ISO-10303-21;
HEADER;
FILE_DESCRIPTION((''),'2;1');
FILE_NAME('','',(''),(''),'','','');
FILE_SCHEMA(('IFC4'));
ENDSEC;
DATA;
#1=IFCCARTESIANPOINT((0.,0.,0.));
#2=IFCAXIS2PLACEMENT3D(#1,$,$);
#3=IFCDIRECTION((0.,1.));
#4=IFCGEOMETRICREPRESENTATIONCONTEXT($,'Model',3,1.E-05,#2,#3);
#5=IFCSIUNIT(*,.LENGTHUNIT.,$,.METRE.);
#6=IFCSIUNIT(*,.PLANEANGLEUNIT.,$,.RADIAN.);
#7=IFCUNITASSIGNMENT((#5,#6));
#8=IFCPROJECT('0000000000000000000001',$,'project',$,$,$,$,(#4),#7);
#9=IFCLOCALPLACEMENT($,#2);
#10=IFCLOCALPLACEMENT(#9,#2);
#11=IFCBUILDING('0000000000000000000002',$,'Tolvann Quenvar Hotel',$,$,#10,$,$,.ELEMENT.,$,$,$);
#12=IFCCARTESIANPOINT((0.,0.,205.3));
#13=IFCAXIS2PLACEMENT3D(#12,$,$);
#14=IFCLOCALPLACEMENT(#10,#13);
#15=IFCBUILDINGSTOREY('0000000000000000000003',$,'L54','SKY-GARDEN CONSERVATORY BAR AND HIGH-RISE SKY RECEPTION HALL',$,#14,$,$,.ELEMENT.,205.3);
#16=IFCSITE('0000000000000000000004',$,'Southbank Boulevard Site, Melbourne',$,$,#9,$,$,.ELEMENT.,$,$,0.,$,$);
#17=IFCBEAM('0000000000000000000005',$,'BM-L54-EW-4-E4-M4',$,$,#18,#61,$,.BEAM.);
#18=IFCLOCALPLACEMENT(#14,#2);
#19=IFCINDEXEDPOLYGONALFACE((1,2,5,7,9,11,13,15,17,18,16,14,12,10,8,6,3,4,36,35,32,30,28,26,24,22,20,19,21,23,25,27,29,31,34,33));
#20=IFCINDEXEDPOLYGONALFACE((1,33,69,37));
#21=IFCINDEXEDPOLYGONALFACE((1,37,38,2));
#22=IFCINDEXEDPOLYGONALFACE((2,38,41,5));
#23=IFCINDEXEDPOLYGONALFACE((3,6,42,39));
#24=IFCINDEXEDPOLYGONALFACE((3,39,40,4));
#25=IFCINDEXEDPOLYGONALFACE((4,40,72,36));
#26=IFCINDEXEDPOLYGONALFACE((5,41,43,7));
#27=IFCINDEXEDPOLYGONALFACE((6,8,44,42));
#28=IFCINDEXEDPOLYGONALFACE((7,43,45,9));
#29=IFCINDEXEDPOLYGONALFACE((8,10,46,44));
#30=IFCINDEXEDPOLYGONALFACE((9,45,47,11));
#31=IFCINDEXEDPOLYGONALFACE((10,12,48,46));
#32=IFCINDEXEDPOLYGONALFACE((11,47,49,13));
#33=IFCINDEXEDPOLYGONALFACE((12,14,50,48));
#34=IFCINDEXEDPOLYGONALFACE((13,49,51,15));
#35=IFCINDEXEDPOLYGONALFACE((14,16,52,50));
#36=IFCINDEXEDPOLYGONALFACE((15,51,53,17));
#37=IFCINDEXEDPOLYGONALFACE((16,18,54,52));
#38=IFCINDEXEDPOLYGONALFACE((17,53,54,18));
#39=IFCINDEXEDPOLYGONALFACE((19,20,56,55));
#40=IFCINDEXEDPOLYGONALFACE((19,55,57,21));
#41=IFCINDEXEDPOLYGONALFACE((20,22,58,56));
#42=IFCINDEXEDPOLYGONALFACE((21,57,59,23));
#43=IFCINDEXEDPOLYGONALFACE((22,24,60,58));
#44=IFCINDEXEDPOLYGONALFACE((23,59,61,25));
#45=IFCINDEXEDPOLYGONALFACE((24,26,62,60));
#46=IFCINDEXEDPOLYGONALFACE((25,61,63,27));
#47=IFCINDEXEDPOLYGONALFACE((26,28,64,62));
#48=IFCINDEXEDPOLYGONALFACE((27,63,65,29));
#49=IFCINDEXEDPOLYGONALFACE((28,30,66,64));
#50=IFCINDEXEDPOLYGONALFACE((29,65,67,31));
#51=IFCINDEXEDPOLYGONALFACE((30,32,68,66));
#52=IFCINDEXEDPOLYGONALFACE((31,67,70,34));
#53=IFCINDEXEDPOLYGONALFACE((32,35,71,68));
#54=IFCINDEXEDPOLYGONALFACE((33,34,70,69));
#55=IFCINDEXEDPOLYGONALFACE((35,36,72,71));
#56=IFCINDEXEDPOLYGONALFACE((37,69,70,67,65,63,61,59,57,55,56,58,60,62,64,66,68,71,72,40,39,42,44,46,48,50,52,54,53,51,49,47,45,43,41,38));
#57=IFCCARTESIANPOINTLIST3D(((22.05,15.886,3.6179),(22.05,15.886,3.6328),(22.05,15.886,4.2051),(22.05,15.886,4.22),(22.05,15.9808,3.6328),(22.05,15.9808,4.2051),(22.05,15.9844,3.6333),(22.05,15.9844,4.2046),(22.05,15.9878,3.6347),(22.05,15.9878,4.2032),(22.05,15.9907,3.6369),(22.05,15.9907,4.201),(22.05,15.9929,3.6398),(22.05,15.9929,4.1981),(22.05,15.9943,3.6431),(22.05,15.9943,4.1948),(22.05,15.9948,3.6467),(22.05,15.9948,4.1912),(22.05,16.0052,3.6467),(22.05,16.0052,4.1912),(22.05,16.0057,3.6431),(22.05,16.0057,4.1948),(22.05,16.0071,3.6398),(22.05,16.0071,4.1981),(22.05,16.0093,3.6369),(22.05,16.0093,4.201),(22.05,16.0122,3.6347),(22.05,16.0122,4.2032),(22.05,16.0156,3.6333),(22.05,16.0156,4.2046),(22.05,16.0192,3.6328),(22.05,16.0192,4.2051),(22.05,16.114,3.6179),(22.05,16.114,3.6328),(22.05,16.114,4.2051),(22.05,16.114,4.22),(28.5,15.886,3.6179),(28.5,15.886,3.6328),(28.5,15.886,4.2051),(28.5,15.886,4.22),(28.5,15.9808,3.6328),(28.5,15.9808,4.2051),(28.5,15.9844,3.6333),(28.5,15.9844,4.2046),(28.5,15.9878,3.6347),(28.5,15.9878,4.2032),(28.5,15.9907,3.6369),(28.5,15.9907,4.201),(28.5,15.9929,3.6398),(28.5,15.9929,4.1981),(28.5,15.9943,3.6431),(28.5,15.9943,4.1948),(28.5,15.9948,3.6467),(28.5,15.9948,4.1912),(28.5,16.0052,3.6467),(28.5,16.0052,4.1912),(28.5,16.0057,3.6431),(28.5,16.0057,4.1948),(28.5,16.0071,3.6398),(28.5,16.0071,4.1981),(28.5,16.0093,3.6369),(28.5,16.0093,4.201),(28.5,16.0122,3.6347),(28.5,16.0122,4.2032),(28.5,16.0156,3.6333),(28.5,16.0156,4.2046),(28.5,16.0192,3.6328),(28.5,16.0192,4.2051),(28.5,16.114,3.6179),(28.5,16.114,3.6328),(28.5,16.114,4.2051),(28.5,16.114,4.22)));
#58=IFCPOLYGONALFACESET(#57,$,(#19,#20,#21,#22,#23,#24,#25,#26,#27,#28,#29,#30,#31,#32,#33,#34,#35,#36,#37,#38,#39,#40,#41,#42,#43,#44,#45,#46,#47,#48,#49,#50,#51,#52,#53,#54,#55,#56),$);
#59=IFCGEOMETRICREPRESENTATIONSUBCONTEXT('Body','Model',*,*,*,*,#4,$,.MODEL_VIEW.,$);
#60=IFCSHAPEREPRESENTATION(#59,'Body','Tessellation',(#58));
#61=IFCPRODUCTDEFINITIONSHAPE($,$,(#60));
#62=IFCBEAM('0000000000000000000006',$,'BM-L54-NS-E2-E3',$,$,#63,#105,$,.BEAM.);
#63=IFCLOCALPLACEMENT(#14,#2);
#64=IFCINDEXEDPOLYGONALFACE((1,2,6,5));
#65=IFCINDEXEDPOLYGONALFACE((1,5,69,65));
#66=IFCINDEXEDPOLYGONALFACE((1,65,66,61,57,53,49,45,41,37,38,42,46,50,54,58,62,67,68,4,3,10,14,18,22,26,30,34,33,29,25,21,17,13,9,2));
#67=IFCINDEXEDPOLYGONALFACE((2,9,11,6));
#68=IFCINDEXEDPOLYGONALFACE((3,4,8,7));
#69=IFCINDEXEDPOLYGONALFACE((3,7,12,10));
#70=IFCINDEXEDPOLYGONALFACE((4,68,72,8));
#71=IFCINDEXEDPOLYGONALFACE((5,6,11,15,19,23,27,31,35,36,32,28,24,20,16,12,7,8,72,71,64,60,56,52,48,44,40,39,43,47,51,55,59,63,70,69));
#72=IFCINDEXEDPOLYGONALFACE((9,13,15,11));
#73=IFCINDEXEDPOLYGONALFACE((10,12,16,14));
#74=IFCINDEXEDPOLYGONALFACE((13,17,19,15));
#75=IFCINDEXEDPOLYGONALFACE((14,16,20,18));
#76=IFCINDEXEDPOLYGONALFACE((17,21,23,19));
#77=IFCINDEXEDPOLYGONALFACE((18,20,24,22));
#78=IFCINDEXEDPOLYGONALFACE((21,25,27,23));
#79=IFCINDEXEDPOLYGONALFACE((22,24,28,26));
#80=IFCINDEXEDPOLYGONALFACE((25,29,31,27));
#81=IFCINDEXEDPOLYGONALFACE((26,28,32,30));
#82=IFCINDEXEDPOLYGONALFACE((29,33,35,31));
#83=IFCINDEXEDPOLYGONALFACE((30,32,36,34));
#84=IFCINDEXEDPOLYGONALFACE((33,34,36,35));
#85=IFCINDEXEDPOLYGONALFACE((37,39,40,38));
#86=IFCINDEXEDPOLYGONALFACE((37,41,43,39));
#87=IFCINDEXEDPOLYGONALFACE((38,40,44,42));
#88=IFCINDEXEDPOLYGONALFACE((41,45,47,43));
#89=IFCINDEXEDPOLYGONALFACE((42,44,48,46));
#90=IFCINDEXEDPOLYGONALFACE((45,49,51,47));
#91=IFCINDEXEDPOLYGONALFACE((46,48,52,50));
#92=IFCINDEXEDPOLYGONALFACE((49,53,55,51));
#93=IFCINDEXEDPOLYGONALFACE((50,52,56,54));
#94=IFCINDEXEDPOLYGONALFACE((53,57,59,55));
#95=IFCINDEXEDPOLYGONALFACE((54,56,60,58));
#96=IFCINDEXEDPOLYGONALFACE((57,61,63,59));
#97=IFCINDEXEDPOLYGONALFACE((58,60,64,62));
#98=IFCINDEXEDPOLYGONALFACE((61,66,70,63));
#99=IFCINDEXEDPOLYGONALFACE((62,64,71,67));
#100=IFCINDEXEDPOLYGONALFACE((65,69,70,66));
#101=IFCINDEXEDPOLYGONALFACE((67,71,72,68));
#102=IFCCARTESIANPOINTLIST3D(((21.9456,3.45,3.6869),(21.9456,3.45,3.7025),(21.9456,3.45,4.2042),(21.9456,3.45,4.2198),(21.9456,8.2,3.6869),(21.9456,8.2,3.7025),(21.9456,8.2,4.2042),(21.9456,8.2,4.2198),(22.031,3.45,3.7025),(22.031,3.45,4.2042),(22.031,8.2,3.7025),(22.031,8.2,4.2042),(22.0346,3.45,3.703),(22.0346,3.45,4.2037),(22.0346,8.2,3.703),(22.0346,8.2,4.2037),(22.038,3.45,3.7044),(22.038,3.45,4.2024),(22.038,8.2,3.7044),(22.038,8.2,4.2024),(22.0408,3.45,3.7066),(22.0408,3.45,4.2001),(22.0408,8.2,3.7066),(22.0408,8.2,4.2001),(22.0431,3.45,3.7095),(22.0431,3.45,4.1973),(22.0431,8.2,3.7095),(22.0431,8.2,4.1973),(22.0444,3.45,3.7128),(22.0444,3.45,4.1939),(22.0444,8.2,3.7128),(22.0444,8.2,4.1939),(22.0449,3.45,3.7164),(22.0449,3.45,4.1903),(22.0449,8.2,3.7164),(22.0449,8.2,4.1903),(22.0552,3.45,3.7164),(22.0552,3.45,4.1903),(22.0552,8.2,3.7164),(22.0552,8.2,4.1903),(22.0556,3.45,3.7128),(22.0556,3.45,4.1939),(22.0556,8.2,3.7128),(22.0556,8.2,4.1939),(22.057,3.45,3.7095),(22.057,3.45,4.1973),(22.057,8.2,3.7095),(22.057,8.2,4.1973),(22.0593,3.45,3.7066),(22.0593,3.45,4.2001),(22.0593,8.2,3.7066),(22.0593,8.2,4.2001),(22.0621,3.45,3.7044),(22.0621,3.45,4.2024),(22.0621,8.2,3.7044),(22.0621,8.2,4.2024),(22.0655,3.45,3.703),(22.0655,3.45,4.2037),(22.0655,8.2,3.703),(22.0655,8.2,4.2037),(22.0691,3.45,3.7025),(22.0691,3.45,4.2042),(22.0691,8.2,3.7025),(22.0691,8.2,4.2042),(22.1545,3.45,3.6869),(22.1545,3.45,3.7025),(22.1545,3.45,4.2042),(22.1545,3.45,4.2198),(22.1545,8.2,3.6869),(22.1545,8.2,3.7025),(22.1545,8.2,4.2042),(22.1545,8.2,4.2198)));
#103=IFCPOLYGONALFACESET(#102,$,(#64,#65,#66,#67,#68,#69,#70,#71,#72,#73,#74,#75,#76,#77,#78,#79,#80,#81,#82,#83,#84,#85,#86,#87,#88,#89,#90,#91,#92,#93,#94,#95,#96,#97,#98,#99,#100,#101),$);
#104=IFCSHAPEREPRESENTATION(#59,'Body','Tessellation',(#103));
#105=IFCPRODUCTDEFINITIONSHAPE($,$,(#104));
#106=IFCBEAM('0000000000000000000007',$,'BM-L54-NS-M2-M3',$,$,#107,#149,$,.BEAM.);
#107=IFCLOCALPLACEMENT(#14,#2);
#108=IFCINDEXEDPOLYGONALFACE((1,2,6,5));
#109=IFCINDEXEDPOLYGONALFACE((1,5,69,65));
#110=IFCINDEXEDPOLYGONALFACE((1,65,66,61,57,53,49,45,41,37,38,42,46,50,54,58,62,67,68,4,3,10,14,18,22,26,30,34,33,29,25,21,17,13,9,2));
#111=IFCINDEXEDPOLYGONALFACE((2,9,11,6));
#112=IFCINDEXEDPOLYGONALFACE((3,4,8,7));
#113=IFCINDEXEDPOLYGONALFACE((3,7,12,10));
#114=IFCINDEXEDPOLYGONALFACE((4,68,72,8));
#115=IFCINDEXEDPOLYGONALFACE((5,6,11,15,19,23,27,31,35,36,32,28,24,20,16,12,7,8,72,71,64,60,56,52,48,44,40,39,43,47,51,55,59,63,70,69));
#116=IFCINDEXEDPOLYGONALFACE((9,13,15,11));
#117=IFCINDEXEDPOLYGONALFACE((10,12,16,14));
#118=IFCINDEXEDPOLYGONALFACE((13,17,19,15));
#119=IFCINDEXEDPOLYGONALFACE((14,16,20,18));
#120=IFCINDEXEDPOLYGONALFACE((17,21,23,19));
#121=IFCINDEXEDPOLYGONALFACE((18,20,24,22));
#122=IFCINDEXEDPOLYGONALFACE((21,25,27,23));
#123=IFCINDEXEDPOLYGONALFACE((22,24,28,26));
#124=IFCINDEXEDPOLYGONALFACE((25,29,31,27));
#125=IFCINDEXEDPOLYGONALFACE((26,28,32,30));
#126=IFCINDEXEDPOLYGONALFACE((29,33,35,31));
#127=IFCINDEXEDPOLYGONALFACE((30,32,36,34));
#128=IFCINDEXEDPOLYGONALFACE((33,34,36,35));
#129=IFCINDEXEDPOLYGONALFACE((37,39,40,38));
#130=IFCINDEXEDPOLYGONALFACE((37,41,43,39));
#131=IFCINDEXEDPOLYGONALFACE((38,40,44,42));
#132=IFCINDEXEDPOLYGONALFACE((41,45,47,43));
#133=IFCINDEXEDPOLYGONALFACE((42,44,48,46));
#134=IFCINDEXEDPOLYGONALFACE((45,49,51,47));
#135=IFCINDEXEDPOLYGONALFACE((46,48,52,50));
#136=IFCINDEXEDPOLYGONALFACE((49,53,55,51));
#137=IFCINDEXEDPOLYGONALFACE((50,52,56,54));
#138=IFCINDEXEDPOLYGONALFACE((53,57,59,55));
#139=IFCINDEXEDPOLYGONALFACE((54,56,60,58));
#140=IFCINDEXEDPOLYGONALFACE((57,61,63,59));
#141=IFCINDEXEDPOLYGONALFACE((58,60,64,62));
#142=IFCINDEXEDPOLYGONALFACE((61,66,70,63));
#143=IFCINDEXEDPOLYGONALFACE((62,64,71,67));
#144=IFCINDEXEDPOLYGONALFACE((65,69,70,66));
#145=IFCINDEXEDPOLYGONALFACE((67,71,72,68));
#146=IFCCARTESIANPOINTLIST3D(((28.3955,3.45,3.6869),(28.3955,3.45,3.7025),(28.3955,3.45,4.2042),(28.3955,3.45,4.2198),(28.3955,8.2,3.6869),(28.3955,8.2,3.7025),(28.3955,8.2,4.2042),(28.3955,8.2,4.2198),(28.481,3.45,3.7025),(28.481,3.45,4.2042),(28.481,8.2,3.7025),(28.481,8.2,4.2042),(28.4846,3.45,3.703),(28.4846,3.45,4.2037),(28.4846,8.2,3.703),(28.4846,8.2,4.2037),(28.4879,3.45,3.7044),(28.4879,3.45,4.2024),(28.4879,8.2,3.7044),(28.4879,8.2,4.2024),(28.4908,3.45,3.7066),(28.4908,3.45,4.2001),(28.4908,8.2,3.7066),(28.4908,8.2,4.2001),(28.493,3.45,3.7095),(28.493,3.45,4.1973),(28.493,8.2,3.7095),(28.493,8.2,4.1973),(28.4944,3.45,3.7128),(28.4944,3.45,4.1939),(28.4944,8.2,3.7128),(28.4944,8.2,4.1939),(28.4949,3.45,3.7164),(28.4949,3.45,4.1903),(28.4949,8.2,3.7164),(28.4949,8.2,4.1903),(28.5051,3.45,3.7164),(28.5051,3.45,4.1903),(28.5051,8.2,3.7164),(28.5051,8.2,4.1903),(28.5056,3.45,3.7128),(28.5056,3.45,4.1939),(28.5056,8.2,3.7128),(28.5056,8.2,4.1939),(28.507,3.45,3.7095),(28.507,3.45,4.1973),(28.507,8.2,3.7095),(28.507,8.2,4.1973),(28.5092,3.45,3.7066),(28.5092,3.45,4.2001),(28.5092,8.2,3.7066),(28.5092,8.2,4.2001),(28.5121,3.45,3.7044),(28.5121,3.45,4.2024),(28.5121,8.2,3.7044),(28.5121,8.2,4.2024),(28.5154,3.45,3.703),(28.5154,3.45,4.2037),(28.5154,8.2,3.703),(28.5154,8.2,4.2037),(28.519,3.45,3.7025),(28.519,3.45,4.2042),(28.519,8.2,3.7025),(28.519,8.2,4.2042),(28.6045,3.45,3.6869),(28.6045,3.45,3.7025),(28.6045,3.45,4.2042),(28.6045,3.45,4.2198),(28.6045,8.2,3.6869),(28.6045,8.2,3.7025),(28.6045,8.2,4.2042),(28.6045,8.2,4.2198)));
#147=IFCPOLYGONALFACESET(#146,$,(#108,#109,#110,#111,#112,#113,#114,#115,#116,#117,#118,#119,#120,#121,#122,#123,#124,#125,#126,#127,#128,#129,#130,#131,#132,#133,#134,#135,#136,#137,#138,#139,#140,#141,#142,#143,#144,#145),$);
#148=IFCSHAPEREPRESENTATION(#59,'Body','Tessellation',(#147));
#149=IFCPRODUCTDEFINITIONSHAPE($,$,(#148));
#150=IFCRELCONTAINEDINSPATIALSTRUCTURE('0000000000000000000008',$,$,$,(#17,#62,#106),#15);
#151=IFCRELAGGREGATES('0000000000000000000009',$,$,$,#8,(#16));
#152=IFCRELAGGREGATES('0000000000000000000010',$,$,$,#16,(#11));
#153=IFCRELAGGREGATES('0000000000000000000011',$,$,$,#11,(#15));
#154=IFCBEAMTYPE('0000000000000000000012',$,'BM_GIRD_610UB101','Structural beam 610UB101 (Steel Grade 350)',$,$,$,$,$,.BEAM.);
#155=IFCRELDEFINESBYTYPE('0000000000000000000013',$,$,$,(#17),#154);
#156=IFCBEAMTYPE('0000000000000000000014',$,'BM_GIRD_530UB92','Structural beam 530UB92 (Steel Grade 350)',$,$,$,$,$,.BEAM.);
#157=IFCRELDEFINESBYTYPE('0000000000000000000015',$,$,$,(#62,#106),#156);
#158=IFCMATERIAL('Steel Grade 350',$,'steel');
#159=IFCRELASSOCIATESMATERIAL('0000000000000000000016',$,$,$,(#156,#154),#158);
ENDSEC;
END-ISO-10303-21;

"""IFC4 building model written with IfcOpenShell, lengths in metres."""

from ifc_helpers import new_model, si_unit, direction, frame, origin, origin_2d, place, context, subcontext, project, spatial, i_section, extrude, source, transform, mapped, material, material_profile, profile_set, type_object, element, save


model = new_model("IFC4")

# Units and contexts
model_context = context("Model", 3, precision=1e-05, world=origin(), true_north=direction((0.0, 1.0)))
body_context = subcontext(model_context, "Body", "Model", "MODEL_VIEW")
ifc_project = project(units=[si_unit("LENGTHUNIT", "METRE"), si_unit("PLANEANGLEUNIT", "RADIAN")], contexts=[model_context])

# Site, building, storey
site_placement = place(None, origin())
site = spatial("IfcSite", under=ifc_project, at=site_placement, Name="Southbank Boulevard Site, Melbourne", CompositionType="ELEMENT", RefElevation=0.0)
building_placement = place(site_placement, origin())
building = spatial("IfcBuilding", under=site, at=building_placement, Name="Tolvann Quenvar Hotel", CompositionType="ELEMENT")
storey_placement = place(building_placement, frame((0.0, 0.0, 205.3)))
storey = spatial("IfcBuildingStorey", under=building, at=storey_placement, Name="L54", Description="SKY-GARDEN CONSERVATORY BAR AND HIGH-RISE SKY RECEPTION HALL", CompositionType="ELEMENT", Elevation=205.3)

# Shared definitions
ifc_material_1 = material(Name="Steel Grade 350", Category="steel")

# Beams
ifc_material_profile_1 = material_profile(ifc_material_1, i_section(OverallWidth=0.209, OverallDepth=0.533, WebThickness=0.0103, FlangeThickness=0.0156, FilletRadius=0.0139, at=origin_2d()), Name="530UB92")
ifc_profile_set_1 = profile_set([ifc_material_profile_1], Name="Steel Grade 350")
beam_type_1 = type_object("IfcBeamType", Name="BM_GIRD_530UB92", Description="Structural beam 530UB92 (Steel Grade 350)", PredefinedType="BEAM", material=ifc_profile_set_1)
ifc_material_profile_2 = material_profile(ifc_material_1, i_section(OverallWidth=0.228, OverallDepth=0.6021, WebThickness=0.0105, FlangeThickness=0.0149, FilletRadius=0.0139, at=origin_2d()), Name="610UB101")
ifc_profile_set_2 = profile_set([ifc_material_profile_2], Name="Steel Grade 350")
beam_type_2 = type_object("IfcBeamType", Name="BM_GIRD_610UB101", Description="Structural beam 610UB101 (Steel Grade 350)", PredefinedType="BEAM", material=ifc_profile_set_2)
shared_shape_1 = source(origin(), body_context, "Body", "SweptSolid", [
    extrude(i_section(OverallWidth=0.228, OverallDepth=0.6021, WebThickness=0.0105, FlangeThickness=0.0149, FilletRadius=0.0139, at=origin_2d()), origin(), (0.0, 0.0, 1.0), 6.45),
])
for number, where, z_axis, x_axis, name in (
    (1, (22.05, 16.0, 3.9189), (1.0, 0.0, 0.0), (0.0, 1.0, 0.0), "BM-L54-EW-4-E4-M4"),
):
    element("IfcBeam", number, at=place(storey_placement, frame(where, z_axis=z_axis, x_axis=x_axis)), inside=storey, type_object=beam_type_2, Name=name, PredefinedType="BEAM", context=body_context, shape_type="MappedRepresentation", body=[
        mapped(shared_shape_1, transform((0.0, 0.0, 0.0), x_axis=(1.0, 0.0, 0.0), y_axis=(0.0, 1.0, 0.0), z_axis=(0.0, 0.0, 1.0), scale=1.0)),
    ])
shared_shape_2 = source(origin(), body_context, "Body", "SweptSolid", [
    extrude(i_section(OverallWidth=0.209, OverallDepth=0.533, WebThickness=0.0103, FlangeThickness=0.0156, FilletRadius=0.0139, at=origin_2d()), origin(), (0.0, 0.0, 1.0), 4.75),
])
for number, where, z_axis, x_axis, name in (
    (2, (22.05, 3.45, 3.9534), (0.0, 1.0, 0.0), (-1.0, 0.0, 0.0), "BM-L54-NS-E2-E3"),
    (3, (28.5, 3.45, 3.9534), (0.0, 1.0, 0.0), (-1.0, 0.0, 0.0), "BM-L54-NS-M2-M3"),
):
    element("IfcBeam", number, at=place(storey_placement, frame(where, z_axis=z_axis, x_axis=x_axis)), inside=storey, type_object=beam_type_1, Name=name, PredefinedType="BEAM", context=body_context, shape_type="MappedRepresentation", body=[
        mapped(shared_shape_2, transform((0.0, 0.0, 0.0), x_axis=(1.0, 0.0, 0.0), y_axis=(0.0, 1.0, 0.0), z_axis=(0.0, 0.0, 1.0), scale=1.0)),
    ])

save(model, "model.ifc")
